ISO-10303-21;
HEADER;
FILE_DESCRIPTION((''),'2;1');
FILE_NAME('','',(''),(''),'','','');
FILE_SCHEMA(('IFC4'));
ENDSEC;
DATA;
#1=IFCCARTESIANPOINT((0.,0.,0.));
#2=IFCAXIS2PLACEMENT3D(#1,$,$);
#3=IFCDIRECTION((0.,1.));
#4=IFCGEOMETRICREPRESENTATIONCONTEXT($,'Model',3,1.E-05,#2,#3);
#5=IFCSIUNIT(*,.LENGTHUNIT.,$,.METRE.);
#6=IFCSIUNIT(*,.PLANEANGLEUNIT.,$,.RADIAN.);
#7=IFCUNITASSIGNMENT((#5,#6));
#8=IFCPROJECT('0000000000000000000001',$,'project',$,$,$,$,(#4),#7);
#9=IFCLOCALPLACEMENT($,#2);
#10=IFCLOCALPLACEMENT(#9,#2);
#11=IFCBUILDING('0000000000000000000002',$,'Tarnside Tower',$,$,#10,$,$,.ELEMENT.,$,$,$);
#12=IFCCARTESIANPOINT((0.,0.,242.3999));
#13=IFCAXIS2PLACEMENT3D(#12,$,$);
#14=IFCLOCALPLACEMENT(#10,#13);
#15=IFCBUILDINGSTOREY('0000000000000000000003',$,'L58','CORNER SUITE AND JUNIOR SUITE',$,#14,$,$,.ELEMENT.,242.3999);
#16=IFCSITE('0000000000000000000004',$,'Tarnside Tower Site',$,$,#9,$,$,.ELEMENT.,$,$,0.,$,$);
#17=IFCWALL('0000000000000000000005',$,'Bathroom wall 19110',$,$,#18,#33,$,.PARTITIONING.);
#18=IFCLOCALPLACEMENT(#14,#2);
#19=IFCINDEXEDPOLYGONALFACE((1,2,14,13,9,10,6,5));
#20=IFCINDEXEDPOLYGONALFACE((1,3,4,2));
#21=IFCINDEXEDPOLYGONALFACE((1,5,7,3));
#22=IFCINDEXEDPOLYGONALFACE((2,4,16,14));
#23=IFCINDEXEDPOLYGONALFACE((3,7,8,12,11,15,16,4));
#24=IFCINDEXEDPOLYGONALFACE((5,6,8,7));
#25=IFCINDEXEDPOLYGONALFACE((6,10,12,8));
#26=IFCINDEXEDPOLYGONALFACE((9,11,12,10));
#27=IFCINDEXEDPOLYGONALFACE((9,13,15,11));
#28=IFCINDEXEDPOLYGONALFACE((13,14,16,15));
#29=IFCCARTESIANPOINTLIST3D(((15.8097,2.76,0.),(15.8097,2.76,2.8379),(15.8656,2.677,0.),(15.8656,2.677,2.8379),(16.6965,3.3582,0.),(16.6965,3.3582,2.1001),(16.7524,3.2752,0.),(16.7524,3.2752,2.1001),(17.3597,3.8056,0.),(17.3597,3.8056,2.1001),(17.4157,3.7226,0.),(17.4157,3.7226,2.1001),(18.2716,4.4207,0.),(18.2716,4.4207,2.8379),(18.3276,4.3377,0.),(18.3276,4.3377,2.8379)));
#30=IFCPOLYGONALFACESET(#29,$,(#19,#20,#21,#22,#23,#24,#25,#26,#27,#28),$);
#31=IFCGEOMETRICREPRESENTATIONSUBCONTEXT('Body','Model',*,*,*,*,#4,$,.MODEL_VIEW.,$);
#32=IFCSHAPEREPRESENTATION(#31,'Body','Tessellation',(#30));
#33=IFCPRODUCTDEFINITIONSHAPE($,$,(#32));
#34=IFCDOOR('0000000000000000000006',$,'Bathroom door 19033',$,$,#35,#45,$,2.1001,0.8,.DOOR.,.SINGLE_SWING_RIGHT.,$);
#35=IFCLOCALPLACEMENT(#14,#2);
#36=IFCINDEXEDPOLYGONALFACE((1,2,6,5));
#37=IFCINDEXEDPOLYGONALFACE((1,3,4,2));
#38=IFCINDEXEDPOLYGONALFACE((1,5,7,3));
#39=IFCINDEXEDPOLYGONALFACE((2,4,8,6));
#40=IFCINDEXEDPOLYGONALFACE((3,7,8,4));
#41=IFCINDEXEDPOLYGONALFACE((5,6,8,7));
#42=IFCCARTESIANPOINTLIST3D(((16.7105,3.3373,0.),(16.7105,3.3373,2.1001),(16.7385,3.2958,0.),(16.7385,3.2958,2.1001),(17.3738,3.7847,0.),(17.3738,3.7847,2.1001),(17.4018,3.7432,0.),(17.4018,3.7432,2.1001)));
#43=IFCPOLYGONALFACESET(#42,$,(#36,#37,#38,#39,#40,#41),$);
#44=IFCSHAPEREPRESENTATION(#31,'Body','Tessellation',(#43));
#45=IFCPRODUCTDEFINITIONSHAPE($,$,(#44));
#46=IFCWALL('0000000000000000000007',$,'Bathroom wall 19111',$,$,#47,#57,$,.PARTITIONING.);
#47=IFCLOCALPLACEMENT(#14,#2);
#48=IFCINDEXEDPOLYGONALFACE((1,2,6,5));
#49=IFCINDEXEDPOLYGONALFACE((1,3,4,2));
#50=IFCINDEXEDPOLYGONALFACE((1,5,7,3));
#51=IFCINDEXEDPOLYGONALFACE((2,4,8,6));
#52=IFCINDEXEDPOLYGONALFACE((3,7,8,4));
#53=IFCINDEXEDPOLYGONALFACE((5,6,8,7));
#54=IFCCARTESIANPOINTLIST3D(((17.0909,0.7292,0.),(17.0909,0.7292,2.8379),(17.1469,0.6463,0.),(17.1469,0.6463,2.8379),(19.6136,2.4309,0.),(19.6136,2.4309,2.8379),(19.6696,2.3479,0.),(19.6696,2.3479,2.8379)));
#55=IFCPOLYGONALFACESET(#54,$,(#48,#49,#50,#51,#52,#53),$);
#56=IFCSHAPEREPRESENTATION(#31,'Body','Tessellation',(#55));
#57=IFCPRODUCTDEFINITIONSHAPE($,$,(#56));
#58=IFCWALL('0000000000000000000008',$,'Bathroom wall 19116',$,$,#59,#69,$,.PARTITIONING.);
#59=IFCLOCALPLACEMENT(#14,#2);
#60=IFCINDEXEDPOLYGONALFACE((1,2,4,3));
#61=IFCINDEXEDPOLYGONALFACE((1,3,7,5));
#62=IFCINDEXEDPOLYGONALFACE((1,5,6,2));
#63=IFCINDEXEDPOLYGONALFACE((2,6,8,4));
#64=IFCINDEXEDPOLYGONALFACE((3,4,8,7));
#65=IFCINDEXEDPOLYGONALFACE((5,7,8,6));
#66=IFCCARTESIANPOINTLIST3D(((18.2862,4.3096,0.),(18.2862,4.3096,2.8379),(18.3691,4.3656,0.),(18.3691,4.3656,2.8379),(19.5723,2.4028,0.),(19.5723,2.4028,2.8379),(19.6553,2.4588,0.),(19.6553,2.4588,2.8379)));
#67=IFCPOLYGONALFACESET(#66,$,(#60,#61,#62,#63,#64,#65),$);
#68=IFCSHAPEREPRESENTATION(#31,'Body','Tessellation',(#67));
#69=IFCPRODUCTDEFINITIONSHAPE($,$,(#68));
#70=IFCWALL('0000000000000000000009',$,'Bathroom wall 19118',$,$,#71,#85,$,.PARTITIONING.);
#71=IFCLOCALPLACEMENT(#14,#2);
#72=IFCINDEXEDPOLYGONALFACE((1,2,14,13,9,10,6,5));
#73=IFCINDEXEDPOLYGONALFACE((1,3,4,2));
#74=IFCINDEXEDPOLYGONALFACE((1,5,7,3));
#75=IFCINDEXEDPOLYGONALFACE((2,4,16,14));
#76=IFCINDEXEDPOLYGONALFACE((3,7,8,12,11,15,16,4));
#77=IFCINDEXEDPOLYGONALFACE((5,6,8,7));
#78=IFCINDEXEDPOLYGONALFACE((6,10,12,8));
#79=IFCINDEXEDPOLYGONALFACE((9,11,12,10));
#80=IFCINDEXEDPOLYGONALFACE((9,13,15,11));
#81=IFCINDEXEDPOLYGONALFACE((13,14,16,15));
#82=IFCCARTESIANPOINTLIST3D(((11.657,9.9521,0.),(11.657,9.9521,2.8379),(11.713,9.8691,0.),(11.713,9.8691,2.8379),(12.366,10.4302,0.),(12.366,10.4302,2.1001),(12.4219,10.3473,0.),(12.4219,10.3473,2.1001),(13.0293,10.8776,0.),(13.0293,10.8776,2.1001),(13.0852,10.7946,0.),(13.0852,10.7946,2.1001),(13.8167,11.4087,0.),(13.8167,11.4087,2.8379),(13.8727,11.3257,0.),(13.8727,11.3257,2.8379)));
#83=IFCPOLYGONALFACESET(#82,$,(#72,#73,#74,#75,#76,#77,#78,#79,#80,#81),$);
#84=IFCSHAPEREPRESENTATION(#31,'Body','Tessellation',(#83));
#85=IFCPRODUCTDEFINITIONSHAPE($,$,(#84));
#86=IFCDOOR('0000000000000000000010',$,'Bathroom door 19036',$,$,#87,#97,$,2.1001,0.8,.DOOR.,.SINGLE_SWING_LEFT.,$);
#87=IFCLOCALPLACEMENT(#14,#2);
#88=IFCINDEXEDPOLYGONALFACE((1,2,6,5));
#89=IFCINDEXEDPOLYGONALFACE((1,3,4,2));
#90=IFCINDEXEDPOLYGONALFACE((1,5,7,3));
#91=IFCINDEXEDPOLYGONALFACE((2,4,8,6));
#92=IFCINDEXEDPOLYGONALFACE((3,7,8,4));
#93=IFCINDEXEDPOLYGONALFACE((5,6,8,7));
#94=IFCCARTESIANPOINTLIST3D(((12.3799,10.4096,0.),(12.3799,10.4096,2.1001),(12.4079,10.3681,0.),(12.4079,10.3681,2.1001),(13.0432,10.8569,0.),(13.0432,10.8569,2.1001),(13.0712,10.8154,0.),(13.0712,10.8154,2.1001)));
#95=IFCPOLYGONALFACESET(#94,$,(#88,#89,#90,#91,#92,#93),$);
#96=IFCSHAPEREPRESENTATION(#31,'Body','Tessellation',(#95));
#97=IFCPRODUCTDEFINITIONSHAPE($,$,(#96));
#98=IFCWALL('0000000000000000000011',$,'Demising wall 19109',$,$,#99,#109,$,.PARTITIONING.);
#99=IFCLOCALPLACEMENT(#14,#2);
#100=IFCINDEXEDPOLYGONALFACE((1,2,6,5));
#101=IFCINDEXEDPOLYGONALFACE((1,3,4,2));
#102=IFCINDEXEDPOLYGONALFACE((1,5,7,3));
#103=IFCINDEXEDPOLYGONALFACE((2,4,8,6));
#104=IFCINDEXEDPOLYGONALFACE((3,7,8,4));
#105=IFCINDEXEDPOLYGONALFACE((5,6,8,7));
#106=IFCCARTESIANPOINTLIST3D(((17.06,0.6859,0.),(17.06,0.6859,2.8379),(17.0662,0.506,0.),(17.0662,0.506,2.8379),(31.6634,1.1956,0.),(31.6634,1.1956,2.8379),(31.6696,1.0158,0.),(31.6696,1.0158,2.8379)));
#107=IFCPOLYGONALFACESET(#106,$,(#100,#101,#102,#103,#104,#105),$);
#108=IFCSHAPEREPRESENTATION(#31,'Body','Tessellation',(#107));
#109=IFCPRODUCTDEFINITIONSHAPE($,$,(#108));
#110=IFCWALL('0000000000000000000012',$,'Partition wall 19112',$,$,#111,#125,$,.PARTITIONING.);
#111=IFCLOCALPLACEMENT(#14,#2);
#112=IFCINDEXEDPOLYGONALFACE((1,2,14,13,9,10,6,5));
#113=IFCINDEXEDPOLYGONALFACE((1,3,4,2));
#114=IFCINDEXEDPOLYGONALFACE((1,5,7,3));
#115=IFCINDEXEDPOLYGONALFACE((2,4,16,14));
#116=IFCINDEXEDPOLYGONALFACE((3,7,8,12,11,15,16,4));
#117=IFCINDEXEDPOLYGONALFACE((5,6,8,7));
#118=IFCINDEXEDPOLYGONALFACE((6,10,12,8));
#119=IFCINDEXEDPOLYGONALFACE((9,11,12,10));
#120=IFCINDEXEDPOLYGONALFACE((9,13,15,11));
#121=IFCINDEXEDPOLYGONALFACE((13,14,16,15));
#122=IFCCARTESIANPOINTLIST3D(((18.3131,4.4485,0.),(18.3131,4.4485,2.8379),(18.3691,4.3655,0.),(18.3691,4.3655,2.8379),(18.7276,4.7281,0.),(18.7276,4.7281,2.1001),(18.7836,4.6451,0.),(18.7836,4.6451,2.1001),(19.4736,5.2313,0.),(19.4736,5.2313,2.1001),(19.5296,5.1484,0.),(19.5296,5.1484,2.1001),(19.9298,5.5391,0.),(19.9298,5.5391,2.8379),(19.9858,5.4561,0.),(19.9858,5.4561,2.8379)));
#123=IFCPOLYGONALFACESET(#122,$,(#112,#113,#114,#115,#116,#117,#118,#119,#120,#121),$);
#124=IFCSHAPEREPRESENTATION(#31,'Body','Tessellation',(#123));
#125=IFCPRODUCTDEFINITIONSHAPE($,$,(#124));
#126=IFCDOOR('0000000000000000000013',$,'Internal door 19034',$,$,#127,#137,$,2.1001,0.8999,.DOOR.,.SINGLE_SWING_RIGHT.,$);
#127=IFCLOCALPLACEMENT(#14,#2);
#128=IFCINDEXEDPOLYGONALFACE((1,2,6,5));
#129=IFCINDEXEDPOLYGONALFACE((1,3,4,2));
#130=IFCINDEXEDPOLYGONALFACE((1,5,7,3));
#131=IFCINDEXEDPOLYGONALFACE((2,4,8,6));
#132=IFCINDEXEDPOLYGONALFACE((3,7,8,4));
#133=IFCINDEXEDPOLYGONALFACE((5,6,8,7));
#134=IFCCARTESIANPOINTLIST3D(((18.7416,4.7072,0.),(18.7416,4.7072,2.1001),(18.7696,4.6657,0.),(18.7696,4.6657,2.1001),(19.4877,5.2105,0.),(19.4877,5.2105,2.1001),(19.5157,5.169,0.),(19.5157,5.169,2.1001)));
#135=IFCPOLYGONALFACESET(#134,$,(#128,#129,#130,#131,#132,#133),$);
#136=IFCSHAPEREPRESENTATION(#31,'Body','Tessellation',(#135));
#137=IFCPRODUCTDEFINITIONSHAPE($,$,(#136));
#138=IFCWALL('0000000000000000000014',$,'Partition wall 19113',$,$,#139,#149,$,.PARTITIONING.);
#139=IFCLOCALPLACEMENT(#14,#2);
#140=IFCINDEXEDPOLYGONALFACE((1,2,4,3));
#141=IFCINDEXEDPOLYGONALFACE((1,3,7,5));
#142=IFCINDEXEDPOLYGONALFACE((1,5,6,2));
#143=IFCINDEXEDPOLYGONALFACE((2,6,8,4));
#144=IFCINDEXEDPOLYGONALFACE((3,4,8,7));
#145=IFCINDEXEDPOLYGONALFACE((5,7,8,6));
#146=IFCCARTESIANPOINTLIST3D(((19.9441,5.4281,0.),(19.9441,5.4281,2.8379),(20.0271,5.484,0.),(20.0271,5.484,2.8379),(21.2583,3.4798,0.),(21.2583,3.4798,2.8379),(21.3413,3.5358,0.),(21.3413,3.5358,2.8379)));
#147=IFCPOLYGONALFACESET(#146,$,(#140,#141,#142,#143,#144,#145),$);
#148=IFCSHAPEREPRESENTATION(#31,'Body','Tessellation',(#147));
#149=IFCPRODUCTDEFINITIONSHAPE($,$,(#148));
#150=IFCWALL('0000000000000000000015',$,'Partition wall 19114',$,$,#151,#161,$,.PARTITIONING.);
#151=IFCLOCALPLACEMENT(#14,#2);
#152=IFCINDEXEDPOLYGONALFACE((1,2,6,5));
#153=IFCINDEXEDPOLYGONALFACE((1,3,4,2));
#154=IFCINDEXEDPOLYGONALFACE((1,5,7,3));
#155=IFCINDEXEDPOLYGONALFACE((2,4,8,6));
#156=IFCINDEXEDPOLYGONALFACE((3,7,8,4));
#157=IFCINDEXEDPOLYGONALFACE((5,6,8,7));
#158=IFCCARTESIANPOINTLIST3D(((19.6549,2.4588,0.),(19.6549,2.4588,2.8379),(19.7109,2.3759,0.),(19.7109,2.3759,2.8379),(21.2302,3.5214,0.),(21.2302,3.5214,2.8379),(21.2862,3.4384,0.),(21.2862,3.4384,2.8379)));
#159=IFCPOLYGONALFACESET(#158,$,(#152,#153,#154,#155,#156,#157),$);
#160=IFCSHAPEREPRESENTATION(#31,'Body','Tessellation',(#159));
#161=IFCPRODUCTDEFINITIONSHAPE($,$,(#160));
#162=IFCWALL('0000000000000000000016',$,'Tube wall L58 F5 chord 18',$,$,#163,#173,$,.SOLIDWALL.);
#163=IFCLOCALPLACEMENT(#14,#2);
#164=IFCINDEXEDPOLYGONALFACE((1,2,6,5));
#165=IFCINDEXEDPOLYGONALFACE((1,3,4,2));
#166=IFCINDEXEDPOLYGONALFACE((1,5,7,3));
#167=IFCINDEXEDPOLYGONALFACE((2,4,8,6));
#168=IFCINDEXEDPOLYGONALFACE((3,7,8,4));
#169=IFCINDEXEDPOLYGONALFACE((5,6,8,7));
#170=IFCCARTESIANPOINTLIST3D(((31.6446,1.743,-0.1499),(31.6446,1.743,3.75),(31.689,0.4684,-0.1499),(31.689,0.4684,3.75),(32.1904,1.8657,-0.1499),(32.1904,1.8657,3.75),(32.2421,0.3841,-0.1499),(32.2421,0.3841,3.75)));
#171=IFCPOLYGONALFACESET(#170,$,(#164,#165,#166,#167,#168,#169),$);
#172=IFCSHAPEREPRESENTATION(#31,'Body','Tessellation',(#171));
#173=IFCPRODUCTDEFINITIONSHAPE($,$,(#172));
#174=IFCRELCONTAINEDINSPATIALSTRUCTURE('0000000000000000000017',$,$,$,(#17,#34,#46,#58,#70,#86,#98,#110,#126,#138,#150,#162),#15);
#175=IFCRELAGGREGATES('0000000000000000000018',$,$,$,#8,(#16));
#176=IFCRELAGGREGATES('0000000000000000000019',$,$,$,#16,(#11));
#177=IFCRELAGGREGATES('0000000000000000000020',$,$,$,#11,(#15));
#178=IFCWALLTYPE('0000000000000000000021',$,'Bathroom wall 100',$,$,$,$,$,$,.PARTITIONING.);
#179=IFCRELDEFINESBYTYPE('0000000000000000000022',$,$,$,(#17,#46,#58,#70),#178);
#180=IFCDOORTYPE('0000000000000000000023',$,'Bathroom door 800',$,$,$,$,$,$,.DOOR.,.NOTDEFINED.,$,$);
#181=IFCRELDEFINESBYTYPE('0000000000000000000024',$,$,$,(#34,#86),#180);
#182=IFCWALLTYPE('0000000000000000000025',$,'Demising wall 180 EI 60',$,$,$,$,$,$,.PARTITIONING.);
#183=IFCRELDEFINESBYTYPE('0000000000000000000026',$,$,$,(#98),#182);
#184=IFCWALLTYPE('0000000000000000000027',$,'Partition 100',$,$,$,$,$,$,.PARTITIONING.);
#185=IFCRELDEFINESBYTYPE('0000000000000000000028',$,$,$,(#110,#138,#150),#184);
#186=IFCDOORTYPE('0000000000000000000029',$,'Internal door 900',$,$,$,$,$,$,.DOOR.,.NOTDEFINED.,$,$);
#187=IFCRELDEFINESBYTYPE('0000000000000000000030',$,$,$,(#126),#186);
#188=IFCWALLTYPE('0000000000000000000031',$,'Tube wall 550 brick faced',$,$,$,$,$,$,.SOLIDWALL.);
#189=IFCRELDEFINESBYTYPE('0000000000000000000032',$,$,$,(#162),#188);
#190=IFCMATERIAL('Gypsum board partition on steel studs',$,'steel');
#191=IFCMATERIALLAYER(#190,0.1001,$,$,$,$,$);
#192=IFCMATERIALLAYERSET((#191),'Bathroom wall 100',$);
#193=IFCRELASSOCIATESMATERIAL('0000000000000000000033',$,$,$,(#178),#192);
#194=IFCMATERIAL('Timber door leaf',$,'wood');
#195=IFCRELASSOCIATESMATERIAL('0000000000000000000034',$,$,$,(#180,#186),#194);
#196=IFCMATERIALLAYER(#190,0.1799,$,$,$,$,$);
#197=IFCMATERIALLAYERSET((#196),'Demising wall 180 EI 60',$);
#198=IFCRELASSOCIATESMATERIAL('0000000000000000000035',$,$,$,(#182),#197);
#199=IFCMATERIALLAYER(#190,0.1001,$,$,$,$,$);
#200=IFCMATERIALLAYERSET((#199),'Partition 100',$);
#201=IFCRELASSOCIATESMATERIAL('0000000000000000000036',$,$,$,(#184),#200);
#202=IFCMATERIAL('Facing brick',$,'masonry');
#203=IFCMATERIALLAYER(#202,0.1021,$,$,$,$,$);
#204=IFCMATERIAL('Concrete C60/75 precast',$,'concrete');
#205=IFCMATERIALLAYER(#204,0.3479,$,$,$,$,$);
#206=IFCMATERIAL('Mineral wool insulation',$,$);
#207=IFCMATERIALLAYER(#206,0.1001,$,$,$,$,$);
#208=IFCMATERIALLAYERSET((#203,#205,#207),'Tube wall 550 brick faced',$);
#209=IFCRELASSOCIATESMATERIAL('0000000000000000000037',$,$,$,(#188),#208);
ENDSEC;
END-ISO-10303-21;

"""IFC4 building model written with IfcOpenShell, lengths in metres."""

from ifc_helpers import new_model, si_unit, direction, frame, frame_2d, origin, place, context, subcontext, project, spatial, polyline, rectangle, outline, extrude, material, layer, layer_set, type_object, element, fill, save


model = new_model("IFC4")

# Units and contexts
model_context = context("Model", 3, precision=1e-05, world=origin(), true_north=direction((0.0, 1.0)))
body_context = subcontext(model_context, "Body", "Model", "MODEL_VIEW")
ifc_project = project(units=[si_unit("LENGTHUNIT", "METRE"), si_unit("PLANEANGLEUNIT", "RADIAN")], contexts=[model_context])

# Site, building, storey
site_placement = place(None, origin())
site = spatial("IfcSite", under=ifc_project, at=site_placement, Name="Tarnside Tower Site", CompositionType="ELEMENT", RefElevation=0.0)
building_placement = place(site_placement, origin())
building = spatial("IfcBuilding", under=site, at=building_placement, Name="Tarnside Tower", CompositionType="ELEMENT")
storey_placement = place(building_placement, frame((0.0, 0.0, 242.3999)))
storey = spatial("IfcBuildingStorey", under=building, at=storey_placement, Name="L58", Description="CORNER SUITE AND JUNIOR SUITE", CompositionType="ELEMENT", Elevation=242.3999)

# Wall, opening, door
ifc_material_1 = material(Name="Gypsum board partition on steel studs", Category="steel")
ifc_layer_1 = layer(ifc_material_1, 0.1001)
ifc_layer_set_1 = layer_set([ifc_layer_1], Name="Bathroom wall 100")
wall_type_1 = type_object("IfcWallType", Name="Bathroom wall 100", PredefinedType="PARTITIONING", material=ifc_layer_set_1)
wall_1_placement = place(storey_placement, frame((15.8376, 2.7185, 0.0), z_axis=(0.0, 0.0, 1.0), x_axis=(0.829028, 0.559207, 0.0)))
wall_1 = element("IfcWall", 1, at=wall_1_placement, inside=storey, type_object=wall_type_1, Name="Bathroom wall 19110", PredefinedType="PARTITIONING", context=body_context, shape_type="SweptSolid", body=[
    extrude(rectangle(XDim=2.9697, YDim=0.1001, at=frame_2d((1.4849, 0.0))), origin(), (0.0, 0.0, 1.0), 2.8379),
])
opening_1_placement = place(wall_1_placement, frame((1.0698, 0.0, 0.0)))
opening_1 = element("IfcOpeningElement", 2, at=opening_1_placement, cuts=wall_1, PredefinedType="OPENING", context=body_context, shape_type="SweptSolid", body=[
    extrude(rectangle(XDim=0.8, YDim=2.1001, at=frame_2d((0.3999, 1.05))), frame((0.0, 0.0601, 0.0), z_axis=(0.0, -1.0, 0.0), x_axis=(1.0, 0.0, 0.0)), (0.0, 0.0, 1.0), 0.1201),
])
ifc_material_2 = material(Name="Timber door leaf", Category="wood")
door_type_1 = type_object("IfcDoorType", Name="Bathroom door 800", OperationType="NOTDEFINED", PredefinedType="DOOR", material=ifc_material_2)
door_1_placement = place(opening_1_placement, origin())
door_1 = element("IfcDoor", 3, at=door_1_placement, inside=storey, type_object=door_type_1, Name="Bathroom door 19033", OperationType="SINGLE_SWING_RIGHT", OverallHeight=2.1001, OverallWidth=0.8, PredefinedType="DOOR", context=body_context, shape_type="SweptSolid", body=[
    extrude(rectangle(XDim=0.8, YDim=2.1001, at=frame_2d((0.3999, 1.05))), frame((0.0, 0.0249, 0.0), z_axis=(0.0, -1.0, 0.0), x_axis=(1.0, 0.0, 0.0)), (0.0, 0.0, 1.0), 0.05),
])
fill(opening_1, door_1)

# Walls
wall_2_placement = place(storey_placement, frame((19.6416, 2.3894, 0.0), z_axis=(0.0, 0.0, 1.0), x_axis=(-0.829026, -0.55921, 0.0)))
element("IfcWall", 4, at=wall_2_placement, inside=storey, type_object=wall_type_1, Name="Bathroom wall 19111", PredefinedType="PARTITIONING", context=body_context, shape_type="SweptSolid", body=[
    extrude(rectangle(XDim=3.043, YDim=0.1001, at=frame_2d((1.5215, 0.0))), origin(), (0.0, 0.0, 1.0), 2.8379),
])
wall_3_placement = place(storey_placement, frame((19.6138, 2.4309, 0.0), z_axis=(0.0, 0.0, 1.0), x_axis=(-0.559199, 0.829033, 0.0)))
element("IfcWall", 5, at=wall_3_placement, inside=storey, type_object=wall_type_1, Name="Bathroom wall 19116", PredefinedType="PARTITIONING", context=body_context, shape_type="SweptSolid", body=[
    extrude(rectangle(XDim=2.3, YDim=0.1001, at=frame_2d((1.1499, 0.0))), origin(), (0.0, 0.0, 1.0), 2.8379),
])

# Wall, opening, door
wall_4_placement = place(storey_placement, frame((13.8447, 11.3672, 0.0), z_axis=(0.0, 0.0, 1.0), x_axis=(-0.829068, -0.559148, 0.0)))
wall_4 = element("IfcWall", 6, at=wall_4_placement, inside=storey, type_object=wall_type_1, Name="Bathroom wall 19118", PredefinedType="PARTITIONING", context=body_context, shape_type="SweptSolid", body=[
    extrude(rectangle(XDim=2.605, YDim=0.1001, at=frame_2d((1.3025, 0.0))), origin(), (0.0, 0.0, 1.0), 2.8379),
])
opening_2_placement = place(wall_4_placement, frame((0.95, 0.0, 0.0)))
opening_2 = element("IfcOpeningElement", 7, at=opening_2_placement, cuts=wall_4, PredefinedType="OPENING", context=body_context, shape_type="SweptSolid", body=[
    extrude(rectangle(XDim=0.8, YDim=2.1001, at=frame_2d((0.3999, 1.05))), frame((0.0, 0.0601, 0.0), z_axis=(0.0, -1.0, 0.0), x_axis=(1.0, 0.0, 0.0)), (0.0, 0.0, 1.0), 0.1201),
])
door_2_placement = place(opening_2_placement, origin())
door_2 = element("IfcDoor", 8, at=door_2_placement, inside=storey, type_object=door_type_1, Name="Bathroom door 19036", OperationType="SINGLE_SWING_LEFT", OverallHeight=2.1001, OverallWidth=0.8, PredefinedType="DOOR", context=body_context, shape_type="SweptSolid", body=[
    extrude(rectangle(XDim=0.8, YDim=2.1001, at=frame_2d((0.3999, 1.05))), frame((0.0, 0.0249, 0.0), z_axis=(0.0, -1.0, 0.0), x_axis=(1.0, 0.0, 0.0)), (0.0, 0.0, 1.0), 0.05),
])
fill(opening_2, door_2)

# Wall
ifc_layer_2 = layer(ifc_material_1, 0.1799)
ifc_layer_set_2 = layer_set([ifc_layer_2], Name="Demising wall 180 EI 60")
wall_type_2 = type_object("IfcWallType", Name="Demising wall 180 EI 60", PredefinedType="PARTITIONING", material=ifc_layer_set_2)
wall_5_placement = place(storey_placement, frame((31.6665, 1.1057, 0.0), z_axis=(0.0, 0.0, 1.0), x_axis=(-0.999391, -0.034886, 0.0)))
element("IfcWall", 9, at=wall_5_placement, inside=storey, type_object=wall_type_2, Name="Demising wall 19109", PredefinedType="PARTITIONING", context=body_context, shape_type="SweptSolid", body=[
    extrude(rectangle(XDim=14.6123, YDim=0.1799, at=frame_2d((7.3062, 0.0))), origin(), (0.0, 0.0, 1.0), 2.8379),
])

# Wall, opening, door
ifc_layer_3 = layer(ifc_material_1, 0.1001)
ifc_layer_set_3 = layer_set([ifc_layer_3], Name="Partition 100")
wall_type_3 = type_object("IfcWallType", Name="Partition 100", PredefinedType="PARTITIONING", material=ifc_layer_set_3)
wall_6_placement = place(storey_placement, frame((18.3411, 4.407, 0.0), z_axis=(0.0, 0.0, 1.0), x_axis=(0.829014, 0.559228, 0.0)))
wall_6 = element("IfcWall", 10, at=wall_6_placement, inside=storey, type_object=wall_type_3, Name="Partition wall 19112", PredefinedType="PARTITIONING", context=body_context, shape_type="SweptSolid", body=[
    extrude(rectangle(XDim=1.9502, YDim=0.1001, at=frame_2d((0.9751, 0.0))), origin(), (0.0, 0.0, 1.0), 2.8379),
])
opening_3_placement = place(wall_6_placement, frame((0.5, 0.0, 0.0)))
opening_3 = element("IfcOpeningElement", 11, at=opening_3_placement, cuts=wall_6, PredefinedType="OPENING", context=body_context, shape_type="SweptSolid", body=[
    extrude(rectangle(XDim=0.8999, YDim=2.1001, at=frame_2d((0.45, 1.05))), frame((0.0, 0.0601, 0.0), z_axis=(0.0, -1.0, 0.0), x_axis=(1.0, 0.0, 0.0)), (0.0, 0.0, 1.0), 0.1201),
])
door_type_2 = type_object("IfcDoorType", Name="Internal door 900", OperationType="NOTDEFINED", PredefinedType="DOOR", material=ifc_material_2)
door_3_placement = place(opening_3_placement, origin())
door_3 = element("IfcDoor", 12, at=door_3_placement, inside=storey, type_object=door_type_2, Name="Internal door 19034", OperationType="SINGLE_SWING_RIGHT", OverallHeight=2.1001, OverallWidth=0.8999, PredefinedType="DOOR", context=body_context, shape_type="SweptSolid", body=[
    extrude(rectangle(XDim=0.8999, YDim=2.1001, at=frame_2d((0.45, 1.05))), frame((0.0, 0.0249, 0.0), z_axis=(0.0, -1.0, 0.0), x_axis=(1.0, 0.0, 0.0)), (0.0, 0.0, 1.0), 0.05),
])
fill(opening_3, door_3)

# Walls
wall_7_placement = place(storey_placement, frame((19.9856, 5.4561, 0.0), z_axis=(0.0, 0.0, 1.0), x_axis=(0.559223, -0.829017, 0.0)))
element("IfcWall", 13, at=wall_7_placement, inside=storey, type_object=wall_type_3, Name="Partition wall 19113", PredefinedType="PARTITIONING", context=body_context, shape_type="SweptSolid", body=[
    extrude(rectangle(XDim=2.3501, YDim=0.1001, at=frame_2d((1.175, 0.0))), origin(), (0.0, 0.0, 1.0), 2.8379),
])
wall_8_placement = place(storey_placement, frame((21.2583, 3.48, 0.0), z_axis=(0.0, 0.0, 1.0), x_axis=(-0.829033, -0.559199, 0.0)))
element("IfcWall", 14, at=wall_8_placement, inside=storey, type_object=wall_type_3, Name="Partition wall 19114", PredefinedType="PARTITIONING", context=body_context, shape_type="SweptSolid", body=[
    extrude(rectangle(XDim=1.9001, YDim=0.1001, at=frame_2d((0.9502, 0.0))), origin(), (0.0, 0.0, 1.0), 2.8379),
])
ifc_material_3 = material(Name="Facing brick", Category="masonry")
ifc_layer_4 = layer(ifc_material_3, 0.1021)
ifc_material_4 = material(Name="Concrete C60/75 precast", Category="concrete")
ifc_layer_5 = layer(ifc_material_4, 0.3479)
ifc_material_5 = material(Name="Mineral wool insulation")
ifc_layer_6 = layer(ifc_material_5, 0.1001)
ifc_layer_set_4 = layer_set([ifc_layer_4, ifc_layer_5, ifc_layer_6], Name="Tube wall 550 brick faced")
wall_type_4 = type_object("IfcWallType", Name="Tube wall 550 brick faced", PredefinedType="SOLIDWALL", material=ifc_layer_set_4)
wall_9_placement = place(storey_placement, frame((31.9656, 0.4263, -0.1499), z_axis=(0.0, 0.0, 1.0), x_axis=(-0.034877, 0.999392, 0.0)))
element("IfcWall", 15, at=wall_9_placement, inside=storey, type_object=wall_type_4, Name="Tube wall L58 F5 chord 18", PredefinedType="SOLIDWALL", context=body_context, shape_type="SweptSolid", body=[
    extrude(outline(polyline([(-0.0518, -0.2749), (1.4307, -0.2749), (1.3271, 0.2749), (0.0518, 0.2749), (-0.0518, -0.2749)])), origin(), (0.0, 0.0, 1.0), 3.8999),
])

save(model, "model.ifc")
